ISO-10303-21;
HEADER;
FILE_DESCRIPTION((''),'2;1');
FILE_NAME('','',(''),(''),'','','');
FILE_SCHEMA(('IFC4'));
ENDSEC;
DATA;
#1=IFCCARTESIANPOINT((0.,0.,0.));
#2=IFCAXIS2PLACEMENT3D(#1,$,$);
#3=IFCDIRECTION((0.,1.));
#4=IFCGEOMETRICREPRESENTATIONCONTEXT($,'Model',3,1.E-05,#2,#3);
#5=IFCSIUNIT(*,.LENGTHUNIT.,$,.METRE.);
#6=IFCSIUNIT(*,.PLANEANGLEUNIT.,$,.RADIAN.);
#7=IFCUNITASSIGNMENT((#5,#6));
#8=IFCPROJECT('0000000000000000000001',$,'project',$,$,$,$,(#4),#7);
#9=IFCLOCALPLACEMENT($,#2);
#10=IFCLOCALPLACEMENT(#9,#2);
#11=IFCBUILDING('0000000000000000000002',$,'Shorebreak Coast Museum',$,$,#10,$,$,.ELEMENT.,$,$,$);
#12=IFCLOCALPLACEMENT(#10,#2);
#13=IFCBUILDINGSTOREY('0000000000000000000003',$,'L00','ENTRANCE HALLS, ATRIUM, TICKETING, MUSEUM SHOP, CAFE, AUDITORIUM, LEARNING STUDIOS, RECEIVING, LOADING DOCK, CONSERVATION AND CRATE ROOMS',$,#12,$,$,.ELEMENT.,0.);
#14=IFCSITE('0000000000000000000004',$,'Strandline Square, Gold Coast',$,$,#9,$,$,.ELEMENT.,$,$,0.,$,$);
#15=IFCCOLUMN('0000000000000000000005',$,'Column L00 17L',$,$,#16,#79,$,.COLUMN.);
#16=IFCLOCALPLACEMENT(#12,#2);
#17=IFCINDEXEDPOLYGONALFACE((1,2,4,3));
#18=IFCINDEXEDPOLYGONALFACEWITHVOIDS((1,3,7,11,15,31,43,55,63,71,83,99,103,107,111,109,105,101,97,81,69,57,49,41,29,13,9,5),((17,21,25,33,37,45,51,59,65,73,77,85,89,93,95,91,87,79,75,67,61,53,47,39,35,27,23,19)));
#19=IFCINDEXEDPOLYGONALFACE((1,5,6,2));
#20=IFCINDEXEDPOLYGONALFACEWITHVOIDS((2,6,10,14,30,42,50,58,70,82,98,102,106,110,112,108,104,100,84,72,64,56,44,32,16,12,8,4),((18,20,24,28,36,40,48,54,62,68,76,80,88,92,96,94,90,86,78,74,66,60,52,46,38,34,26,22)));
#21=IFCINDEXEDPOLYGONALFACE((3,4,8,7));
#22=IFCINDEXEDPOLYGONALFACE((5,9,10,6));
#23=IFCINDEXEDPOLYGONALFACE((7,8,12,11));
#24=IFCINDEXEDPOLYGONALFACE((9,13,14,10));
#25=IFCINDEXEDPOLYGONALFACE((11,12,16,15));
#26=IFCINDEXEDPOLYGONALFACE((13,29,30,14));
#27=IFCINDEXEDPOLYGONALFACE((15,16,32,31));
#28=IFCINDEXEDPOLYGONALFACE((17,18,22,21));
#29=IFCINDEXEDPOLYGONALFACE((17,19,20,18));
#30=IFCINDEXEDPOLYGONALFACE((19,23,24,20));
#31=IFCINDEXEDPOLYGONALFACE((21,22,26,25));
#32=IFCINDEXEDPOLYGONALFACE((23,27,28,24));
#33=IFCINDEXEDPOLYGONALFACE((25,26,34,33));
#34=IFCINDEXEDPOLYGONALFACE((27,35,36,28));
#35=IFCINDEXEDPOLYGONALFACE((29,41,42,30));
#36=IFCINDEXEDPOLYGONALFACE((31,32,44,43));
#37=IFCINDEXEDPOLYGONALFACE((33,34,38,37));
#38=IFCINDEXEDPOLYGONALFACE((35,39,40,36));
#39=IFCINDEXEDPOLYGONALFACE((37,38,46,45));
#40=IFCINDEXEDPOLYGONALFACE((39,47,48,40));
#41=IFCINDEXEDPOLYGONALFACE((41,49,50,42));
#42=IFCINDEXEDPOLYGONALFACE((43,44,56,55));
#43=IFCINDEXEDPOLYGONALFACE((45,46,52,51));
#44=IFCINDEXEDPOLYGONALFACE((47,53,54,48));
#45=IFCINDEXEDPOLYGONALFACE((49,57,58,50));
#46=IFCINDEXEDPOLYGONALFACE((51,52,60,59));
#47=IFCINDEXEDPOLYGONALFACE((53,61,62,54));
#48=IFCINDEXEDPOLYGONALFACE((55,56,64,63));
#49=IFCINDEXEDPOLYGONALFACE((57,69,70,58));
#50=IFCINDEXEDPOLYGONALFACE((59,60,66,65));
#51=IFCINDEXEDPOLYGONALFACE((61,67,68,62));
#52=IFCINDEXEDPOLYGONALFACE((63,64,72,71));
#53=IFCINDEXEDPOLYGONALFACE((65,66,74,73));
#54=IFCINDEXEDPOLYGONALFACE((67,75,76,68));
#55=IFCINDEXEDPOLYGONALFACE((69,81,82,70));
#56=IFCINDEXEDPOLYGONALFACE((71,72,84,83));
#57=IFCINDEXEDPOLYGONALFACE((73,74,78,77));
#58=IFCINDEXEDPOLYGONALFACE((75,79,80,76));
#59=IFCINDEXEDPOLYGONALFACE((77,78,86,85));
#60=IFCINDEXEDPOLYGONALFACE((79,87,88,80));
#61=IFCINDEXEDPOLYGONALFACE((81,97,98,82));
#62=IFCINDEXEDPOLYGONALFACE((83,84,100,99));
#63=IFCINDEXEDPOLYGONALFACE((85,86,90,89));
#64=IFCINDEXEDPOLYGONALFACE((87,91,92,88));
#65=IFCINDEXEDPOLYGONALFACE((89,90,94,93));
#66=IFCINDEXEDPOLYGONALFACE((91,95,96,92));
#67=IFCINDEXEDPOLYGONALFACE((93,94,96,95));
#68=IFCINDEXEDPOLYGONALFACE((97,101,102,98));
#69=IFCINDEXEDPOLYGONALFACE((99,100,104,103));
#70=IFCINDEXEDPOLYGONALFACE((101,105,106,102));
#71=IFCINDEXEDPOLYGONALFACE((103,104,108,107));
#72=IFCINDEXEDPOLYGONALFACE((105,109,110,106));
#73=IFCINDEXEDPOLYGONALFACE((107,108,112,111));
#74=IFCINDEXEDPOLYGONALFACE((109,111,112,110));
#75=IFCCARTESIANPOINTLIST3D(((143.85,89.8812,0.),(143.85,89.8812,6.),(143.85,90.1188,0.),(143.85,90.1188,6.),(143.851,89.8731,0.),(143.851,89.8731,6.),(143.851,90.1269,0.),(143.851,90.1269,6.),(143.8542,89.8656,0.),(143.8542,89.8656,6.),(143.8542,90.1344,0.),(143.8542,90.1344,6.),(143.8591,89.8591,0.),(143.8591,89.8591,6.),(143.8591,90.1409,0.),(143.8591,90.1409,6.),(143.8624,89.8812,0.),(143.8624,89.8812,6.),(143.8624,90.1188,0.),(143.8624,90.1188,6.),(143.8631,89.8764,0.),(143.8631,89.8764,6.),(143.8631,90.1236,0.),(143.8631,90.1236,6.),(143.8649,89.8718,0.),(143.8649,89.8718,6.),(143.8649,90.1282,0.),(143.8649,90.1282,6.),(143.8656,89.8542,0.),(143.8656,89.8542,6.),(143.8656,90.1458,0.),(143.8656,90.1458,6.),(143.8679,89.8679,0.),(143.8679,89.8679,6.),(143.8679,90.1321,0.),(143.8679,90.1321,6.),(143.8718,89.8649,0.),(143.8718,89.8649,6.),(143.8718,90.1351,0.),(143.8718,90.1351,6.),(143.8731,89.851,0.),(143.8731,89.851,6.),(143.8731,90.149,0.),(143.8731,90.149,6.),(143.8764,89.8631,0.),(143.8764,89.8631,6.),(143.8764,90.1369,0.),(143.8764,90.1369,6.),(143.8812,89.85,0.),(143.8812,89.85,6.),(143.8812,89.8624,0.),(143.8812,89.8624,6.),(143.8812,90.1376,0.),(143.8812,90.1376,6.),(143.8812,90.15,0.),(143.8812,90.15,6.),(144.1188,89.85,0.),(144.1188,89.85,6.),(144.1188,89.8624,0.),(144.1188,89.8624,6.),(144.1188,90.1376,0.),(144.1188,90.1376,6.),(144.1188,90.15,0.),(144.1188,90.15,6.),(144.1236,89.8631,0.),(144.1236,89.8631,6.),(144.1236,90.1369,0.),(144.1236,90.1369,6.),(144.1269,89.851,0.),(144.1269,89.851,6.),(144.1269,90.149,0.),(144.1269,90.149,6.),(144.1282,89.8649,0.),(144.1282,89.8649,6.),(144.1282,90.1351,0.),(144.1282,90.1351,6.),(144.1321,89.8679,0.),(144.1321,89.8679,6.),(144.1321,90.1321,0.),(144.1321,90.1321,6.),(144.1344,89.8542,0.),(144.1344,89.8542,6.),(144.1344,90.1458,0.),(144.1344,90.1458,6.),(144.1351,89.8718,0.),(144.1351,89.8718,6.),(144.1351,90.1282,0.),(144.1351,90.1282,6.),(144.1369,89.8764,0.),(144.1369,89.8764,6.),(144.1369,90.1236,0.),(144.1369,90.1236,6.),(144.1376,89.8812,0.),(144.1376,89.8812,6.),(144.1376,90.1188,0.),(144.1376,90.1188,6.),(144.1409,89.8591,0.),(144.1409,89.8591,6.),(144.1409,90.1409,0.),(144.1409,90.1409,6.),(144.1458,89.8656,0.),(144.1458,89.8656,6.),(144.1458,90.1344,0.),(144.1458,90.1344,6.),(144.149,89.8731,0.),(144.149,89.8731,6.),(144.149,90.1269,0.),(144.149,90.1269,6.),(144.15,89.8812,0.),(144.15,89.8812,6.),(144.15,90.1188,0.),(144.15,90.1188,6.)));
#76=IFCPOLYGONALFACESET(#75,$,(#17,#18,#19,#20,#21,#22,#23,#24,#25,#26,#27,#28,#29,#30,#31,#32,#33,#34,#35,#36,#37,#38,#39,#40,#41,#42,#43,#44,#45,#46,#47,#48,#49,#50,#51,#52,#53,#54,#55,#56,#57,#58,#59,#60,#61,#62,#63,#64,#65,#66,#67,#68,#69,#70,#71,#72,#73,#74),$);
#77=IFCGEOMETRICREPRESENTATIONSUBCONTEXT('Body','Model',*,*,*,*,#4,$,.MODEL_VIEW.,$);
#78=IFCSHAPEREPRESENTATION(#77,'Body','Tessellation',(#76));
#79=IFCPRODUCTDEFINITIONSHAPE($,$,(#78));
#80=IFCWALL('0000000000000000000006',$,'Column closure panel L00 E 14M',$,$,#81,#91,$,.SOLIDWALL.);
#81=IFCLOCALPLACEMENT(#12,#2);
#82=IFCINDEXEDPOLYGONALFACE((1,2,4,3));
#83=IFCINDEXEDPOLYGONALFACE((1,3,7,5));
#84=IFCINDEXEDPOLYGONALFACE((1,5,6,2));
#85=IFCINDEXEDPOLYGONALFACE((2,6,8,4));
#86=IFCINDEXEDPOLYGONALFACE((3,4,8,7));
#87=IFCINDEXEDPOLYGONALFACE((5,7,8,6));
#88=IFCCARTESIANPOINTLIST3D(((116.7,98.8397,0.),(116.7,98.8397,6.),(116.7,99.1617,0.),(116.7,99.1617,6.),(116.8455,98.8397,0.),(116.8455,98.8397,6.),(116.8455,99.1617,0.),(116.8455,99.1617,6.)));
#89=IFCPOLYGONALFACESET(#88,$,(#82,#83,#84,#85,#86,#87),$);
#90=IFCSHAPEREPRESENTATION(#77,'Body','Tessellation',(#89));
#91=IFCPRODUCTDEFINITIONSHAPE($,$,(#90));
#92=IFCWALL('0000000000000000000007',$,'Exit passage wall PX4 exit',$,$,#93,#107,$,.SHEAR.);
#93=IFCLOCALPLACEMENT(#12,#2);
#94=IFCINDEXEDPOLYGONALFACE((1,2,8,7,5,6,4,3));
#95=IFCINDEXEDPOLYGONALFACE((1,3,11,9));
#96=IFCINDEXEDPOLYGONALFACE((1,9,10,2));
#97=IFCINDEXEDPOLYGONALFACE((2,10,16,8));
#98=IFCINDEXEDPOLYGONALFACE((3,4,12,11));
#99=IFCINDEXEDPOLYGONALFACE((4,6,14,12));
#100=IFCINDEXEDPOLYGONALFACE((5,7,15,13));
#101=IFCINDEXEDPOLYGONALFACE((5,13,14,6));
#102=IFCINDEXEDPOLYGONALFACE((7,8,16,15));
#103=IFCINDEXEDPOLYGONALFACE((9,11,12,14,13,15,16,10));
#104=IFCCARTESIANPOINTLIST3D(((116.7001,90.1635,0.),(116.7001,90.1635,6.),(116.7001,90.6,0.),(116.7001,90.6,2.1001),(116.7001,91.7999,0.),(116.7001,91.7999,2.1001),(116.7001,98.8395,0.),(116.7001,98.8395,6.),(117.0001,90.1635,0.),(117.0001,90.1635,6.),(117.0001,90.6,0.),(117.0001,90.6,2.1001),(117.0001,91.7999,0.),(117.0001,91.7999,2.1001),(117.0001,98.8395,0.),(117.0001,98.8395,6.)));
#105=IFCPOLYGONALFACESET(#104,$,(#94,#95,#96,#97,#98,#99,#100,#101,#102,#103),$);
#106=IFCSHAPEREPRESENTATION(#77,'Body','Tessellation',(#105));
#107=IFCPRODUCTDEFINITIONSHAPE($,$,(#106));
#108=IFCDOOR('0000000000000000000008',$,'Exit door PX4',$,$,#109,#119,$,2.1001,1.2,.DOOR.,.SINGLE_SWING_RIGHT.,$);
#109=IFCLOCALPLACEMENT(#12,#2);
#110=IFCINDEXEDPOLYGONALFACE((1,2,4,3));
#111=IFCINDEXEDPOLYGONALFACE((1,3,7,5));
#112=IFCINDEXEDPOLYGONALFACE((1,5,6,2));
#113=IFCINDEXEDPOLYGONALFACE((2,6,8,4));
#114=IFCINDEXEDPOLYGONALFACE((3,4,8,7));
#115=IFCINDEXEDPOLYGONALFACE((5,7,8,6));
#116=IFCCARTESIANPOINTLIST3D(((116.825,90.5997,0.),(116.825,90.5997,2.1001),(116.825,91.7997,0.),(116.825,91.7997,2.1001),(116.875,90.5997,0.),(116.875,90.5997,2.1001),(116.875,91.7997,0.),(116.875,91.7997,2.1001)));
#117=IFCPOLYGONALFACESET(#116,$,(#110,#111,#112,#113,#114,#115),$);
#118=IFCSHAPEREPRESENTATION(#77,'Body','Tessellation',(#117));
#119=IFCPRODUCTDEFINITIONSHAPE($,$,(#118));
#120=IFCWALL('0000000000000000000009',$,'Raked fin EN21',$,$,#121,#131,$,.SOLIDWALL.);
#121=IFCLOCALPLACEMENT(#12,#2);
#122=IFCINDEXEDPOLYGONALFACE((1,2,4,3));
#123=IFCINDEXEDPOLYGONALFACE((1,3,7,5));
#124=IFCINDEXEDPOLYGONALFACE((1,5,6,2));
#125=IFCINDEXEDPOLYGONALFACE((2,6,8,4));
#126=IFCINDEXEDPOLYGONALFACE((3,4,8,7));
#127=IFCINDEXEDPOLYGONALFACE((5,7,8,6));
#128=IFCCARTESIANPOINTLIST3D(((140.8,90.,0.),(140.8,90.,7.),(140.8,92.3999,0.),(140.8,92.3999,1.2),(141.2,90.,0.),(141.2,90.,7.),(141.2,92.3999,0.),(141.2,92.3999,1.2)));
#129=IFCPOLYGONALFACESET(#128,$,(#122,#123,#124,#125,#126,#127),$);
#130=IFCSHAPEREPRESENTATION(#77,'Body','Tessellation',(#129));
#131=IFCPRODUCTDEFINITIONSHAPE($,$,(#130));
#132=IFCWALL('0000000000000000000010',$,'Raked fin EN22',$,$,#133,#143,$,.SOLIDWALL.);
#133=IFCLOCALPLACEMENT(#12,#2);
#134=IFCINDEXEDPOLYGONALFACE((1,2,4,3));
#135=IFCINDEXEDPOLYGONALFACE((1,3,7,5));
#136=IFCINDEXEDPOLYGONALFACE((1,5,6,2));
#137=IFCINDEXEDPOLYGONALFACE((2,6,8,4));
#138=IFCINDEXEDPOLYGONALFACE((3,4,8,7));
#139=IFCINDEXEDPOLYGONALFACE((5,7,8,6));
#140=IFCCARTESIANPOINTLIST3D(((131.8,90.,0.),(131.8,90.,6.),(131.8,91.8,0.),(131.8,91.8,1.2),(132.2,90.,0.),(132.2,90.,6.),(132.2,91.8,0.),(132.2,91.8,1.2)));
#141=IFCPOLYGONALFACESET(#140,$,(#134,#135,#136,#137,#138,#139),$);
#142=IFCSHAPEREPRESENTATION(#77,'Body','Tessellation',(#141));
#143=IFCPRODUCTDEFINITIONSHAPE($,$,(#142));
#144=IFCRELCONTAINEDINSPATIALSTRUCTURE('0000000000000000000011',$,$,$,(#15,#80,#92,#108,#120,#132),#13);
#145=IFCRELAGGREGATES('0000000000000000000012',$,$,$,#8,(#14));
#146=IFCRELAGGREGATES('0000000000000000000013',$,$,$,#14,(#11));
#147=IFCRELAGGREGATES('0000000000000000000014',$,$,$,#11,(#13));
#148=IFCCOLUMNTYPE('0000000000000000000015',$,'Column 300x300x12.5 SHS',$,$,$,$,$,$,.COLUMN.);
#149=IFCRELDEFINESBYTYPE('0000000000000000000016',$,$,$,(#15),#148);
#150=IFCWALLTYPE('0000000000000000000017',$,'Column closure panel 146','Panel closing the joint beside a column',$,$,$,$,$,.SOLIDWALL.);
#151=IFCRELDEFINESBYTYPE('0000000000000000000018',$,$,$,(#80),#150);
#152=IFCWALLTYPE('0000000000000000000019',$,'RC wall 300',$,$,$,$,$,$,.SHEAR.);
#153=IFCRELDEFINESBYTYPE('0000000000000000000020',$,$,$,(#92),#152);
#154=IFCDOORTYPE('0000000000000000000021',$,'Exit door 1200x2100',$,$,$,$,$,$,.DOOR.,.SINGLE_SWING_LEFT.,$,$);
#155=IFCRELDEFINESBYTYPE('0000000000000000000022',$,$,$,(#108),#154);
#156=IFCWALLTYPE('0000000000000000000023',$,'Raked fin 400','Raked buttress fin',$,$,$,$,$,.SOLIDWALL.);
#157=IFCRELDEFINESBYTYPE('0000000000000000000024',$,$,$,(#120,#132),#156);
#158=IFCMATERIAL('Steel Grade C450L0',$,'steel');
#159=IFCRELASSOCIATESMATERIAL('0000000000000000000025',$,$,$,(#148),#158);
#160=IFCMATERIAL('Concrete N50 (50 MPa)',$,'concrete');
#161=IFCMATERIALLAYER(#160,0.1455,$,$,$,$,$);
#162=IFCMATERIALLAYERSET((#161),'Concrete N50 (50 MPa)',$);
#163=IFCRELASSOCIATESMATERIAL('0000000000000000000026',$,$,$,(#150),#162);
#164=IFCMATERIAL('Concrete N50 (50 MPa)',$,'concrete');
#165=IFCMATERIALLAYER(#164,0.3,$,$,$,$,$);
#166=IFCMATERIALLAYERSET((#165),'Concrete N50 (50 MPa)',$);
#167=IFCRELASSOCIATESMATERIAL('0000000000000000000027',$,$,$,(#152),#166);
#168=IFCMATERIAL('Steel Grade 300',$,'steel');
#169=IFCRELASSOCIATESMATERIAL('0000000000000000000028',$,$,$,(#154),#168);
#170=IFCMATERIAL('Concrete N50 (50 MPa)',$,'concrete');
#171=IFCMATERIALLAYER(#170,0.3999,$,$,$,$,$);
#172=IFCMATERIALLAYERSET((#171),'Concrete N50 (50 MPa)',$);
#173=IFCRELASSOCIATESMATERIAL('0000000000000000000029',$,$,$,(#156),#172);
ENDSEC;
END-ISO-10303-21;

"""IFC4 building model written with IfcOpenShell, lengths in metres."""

from ifc_helpers import new_model, si_unit, direction, frame, frame_2d, origin, origin_2d, place, context, subcontext, project, spatial, polyline, rectangle, hollow_rectangle, outline, extrude, material, layer, layer_set, material_profile, profile_set, type_object, element, fill, save


model = new_model("IFC4")

# Units and contexts
model_context = context("Model", 3, precision=1e-05, world=origin(), true_north=direction((0.0, 1.0)))
body_context = subcontext(model_context, "Body", "Model", "MODEL_VIEW")
ifc_project = project(units=[si_unit("LENGTHUNIT", "METRE"), si_unit("PLANEANGLEUNIT", "RADIAN")], contexts=[model_context])

# Site, building, storey
site_placement = place(None, origin())
site = spatial("IfcSite", under=ifc_project, at=site_placement, Name="Strandline Square, Gold Coast", CompositionType="ELEMENT", RefElevation=0.0)
building_placement = place(site_placement, origin())
building = spatial("IfcBuilding", under=site, at=building_placement, Name="Shorebreak Coast Museum", CompositionType="ELEMENT")
storey_placement = place(building_placement, origin())
storey = spatial("IfcBuildingStorey", under=building, at=storey_placement, Name="L00", Description="ENTRANCE HALLS, ATRIUM, TICKETING, MUSEUM SHOP, CAFE, AUDITORIUM, LEARNING STUDIOS, RECEIVING, LOADING DOCK, CONSERVATION AND CRATE ROOMS", CompositionType="ELEMENT", Elevation=0.0)

# Column
ifc_material_1 = material(Name="Steel Grade C450L0", Category="steel")
ifc_material_profile_1 = material_profile(ifc_material_1, hollow_rectangle(XDim=0.3, YDim=0.3, WallThickness=0.0125, InnerFilletRadius=0.0188, OuterFilletRadius=0.0312, at=origin_2d()), Name="300x300x12.5 SHS")
ifc_profile_set_1 = profile_set([ifc_material_profile_1], Name="Steel Grade C450L0")
column_type = type_object("IfcColumnType", Name="Column 300x300x12.5 SHS", PredefinedType="COLUMN", material=ifc_profile_set_1)
for number, where, z_axis, x_axis, name in (
    (1, (144.0, 90.0, 0.0), (0.0, 0.0, 1.0), (1.0, 0.0, 0.0), "Column L00 17L"),
):
    element("IfcColumn", number, at=place(storey_placement, frame(where, z_axis=z_axis, x_axis=x_axis)), inside=storey, type_object=column_type, Name=name, PredefinedType="COLUMN", context=body_context, shape_type="SweptSolid", body=[
        extrude(hollow_rectangle(XDim=0.3, YDim=0.3, WallThickness=0.0125, InnerFilletRadius=0.0188, OuterFilletRadius=0.0312, at=origin_2d()), origin(), (0.0, 0.0, 1.0), 6.0),
    ])

# Wall
ifc_material_2 = material(Name="Concrete N50 (50 MPa)", Category="concrete")
ifc_layer_1 = layer(ifc_material_2, 0.1455)
ifc_layer_set_1 = layer_set([ifc_layer_1], Name="Concrete N50 (50 MPa)")
wall_type_1 = type_object("IfcWallType", Name="Column closure panel 146", Description="Panel closing the joint beside a column", PredefinedType="SOLIDWALL", material=ifc_layer_set_1)
wall_1_placement = place(storey_placement, frame((116.7727, 98.8396, 0.0), z_axis=(0.0, 0.0, 1.0), x_axis=(0.0, 1.0, 0.0)))
element("IfcWall", 2, at=wall_1_placement, inside=storey, type_object=wall_type_1, Name="Column closure panel L00 E 14M", PredefinedType="SOLIDWALL", context=body_context, shape_type="SweptSolid", body=[
    extrude(rectangle(XDim=0.322, YDim=0.1455, at=frame_2d((0.1611, 0.0))), origin(), (0.0, 0.0, 1.0), 6.0),
])

# Wall, opening, door
ifc_material_3 = material(Name="Concrete N50 (50 MPa)", Category="concrete")
ifc_layer_2 = layer(ifc_material_3, 0.3)
ifc_layer_set_2 = layer_set([ifc_layer_2], Name="Concrete N50 (50 MPa)")
wall_type_2 = type_object("IfcWallType", Name="RC wall 300", PredefinedType="SHEAR", material=ifc_layer_set_2)
wall_2_placement = place(storey_placement, frame((116.8501, 90.1636, 0.0), z_axis=(0.0, 0.0, 1.0), x_axis=(0.0, 1.0, 0.0)))
wall_2 = element("IfcWall", 3, at=wall_2_placement, inside=storey, type_object=wall_type_2, Name="Exit passage wall PX4 exit", PredefinedType="SHEAR", context=body_context, shape_type="SweptSolid", body=[
    extrude(rectangle(XDim=8.676, YDim=0.3, at=frame_2d((4.3379, 0.0))), origin(), (0.0, 0.0, 1.0), 6.0),
])
opening_placement = place(wall_2_placement, frame((0.4363, 0.0, 0.0)))
opening = element("IfcOpeningElement", 4, at=opening_placement, cuts=wall_2, PredefinedType="OPENING", context=body_context, shape_type="SweptSolid", body=[
    extrude(rectangle(XDim=1.2, YDim=2.1001, at=frame_2d((0.6001, 1.05))), frame((0.0, 0.1599, 0.0), z_axis=(0.0, -1.0, 0.0), x_axis=(1.0, 0.0, 0.0)), (0.0, 0.0, 1.0), 0.3201),
])
ifc_material_4 = material(Name="Steel Grade 300", Category="steel")
door_type = type_object("IfcDoorType", Name="Exit door 1200x2100", OperationType="SINGLE_SWING_LEFT", PredefinedType="DOOR", material=ifc_material_4)
door_placement = place(opening_placement, frame((1.2, 0.0, 0.0), z_axis=(0.0, 0.0, 1.0), x_axis=(-1.0, 0.0, 0.0)))
door = element("IfcDoor", 5, at=door_placement, inside=storey, type_object=door_type, Name="Exit door PX4", OperationType="SINGLE_SWING_RIGHT", OverallHeight=2.1001, OverallWidth=1.2, PredefinedType="DOOR", context=body_context, shape_type="SweptSolid", body=[
    extrude(rectangle(XDim=1.2, YDim=2.1001, at=frame_2d((0.6001, 1.05))), frame((0.0, 0.0249, 0.0), z_axis=(0.0, -1.0, 0.0), x_axis=(1.0, 0.0, 0.0)), (0.0, 0.0, 1.0), 0.05),
])
fill(opening, door)

# Walls
ifc_material_5 = material(Name="Concrete N50 (50 MPa)", Category="concrete")
ifc_layer_3 = layer(ifc_material_5, 0.3999)
ifc_layer_set_3 = layer_set([ifc_layer_3], Name="Concrete N50 (50 MPa)")
wall_type_3 = type_object("IfcWallType", Name="Raked fin 400", Description="Raked buttress fin", PredefinedType="SOLIDWALL", material=ifc_layer_set_3)
wall_3_placement = place(storey_placement, frame((141.0, 90.0, 0.0), z_axis=(0.0, 0.0, 1.0), x_axis=(0.0, 1.0, 0.0)))
element("IfcWall", 6, at=wall_3_placement, inside=storey, type_object=wall_type_3, Name="Raked fin EN21", PredefinedType="SOLIDWALL", context=body_context, shape_type="SweptSolid", body=[
    extrude(outline(polyline([(0.0, 0.0), (2.3999, 0.0), (2.3999, 1.2), (0.0, 7.0), (0.0, 0.0)])), frame((0.0, 0.2, 0.0), z_axis=(0.0, -1.0, 0.0), x_axis=(1.0, 0.0, 0.0)), (0.0, 0.0, 1.0), 0.3999),
])
wall_4_placement = place(storey_placement, frame((132.0, 90.0, 0.0), z_axis=(0.0, 0.0, 1.0), x_axis=(0.0, 1.0, 0.0)))
element("IfcWall", 7, at=wall_4_placement, inside=storey, type_object=wall_type_3, Name="Raked fin EN22", PredefinedType="SOLIDWALL", context=body_context, shape_type="SweptSolid", body=[
    extrude(outline(polyline([(0.0, 0.0), (1.8, 0.0), (1.8, 1.2), (0.0, 6.0), (0.0, 0.0)])), frame((0.0, 0.2, 0.0), z_axis=(0.0, -1.0, 0.0), x_axis=(1.0, 0.0, 0.0)), (0.0, 0.0, 1.0), 0.3999),
])

save(model, "model.ifc")
